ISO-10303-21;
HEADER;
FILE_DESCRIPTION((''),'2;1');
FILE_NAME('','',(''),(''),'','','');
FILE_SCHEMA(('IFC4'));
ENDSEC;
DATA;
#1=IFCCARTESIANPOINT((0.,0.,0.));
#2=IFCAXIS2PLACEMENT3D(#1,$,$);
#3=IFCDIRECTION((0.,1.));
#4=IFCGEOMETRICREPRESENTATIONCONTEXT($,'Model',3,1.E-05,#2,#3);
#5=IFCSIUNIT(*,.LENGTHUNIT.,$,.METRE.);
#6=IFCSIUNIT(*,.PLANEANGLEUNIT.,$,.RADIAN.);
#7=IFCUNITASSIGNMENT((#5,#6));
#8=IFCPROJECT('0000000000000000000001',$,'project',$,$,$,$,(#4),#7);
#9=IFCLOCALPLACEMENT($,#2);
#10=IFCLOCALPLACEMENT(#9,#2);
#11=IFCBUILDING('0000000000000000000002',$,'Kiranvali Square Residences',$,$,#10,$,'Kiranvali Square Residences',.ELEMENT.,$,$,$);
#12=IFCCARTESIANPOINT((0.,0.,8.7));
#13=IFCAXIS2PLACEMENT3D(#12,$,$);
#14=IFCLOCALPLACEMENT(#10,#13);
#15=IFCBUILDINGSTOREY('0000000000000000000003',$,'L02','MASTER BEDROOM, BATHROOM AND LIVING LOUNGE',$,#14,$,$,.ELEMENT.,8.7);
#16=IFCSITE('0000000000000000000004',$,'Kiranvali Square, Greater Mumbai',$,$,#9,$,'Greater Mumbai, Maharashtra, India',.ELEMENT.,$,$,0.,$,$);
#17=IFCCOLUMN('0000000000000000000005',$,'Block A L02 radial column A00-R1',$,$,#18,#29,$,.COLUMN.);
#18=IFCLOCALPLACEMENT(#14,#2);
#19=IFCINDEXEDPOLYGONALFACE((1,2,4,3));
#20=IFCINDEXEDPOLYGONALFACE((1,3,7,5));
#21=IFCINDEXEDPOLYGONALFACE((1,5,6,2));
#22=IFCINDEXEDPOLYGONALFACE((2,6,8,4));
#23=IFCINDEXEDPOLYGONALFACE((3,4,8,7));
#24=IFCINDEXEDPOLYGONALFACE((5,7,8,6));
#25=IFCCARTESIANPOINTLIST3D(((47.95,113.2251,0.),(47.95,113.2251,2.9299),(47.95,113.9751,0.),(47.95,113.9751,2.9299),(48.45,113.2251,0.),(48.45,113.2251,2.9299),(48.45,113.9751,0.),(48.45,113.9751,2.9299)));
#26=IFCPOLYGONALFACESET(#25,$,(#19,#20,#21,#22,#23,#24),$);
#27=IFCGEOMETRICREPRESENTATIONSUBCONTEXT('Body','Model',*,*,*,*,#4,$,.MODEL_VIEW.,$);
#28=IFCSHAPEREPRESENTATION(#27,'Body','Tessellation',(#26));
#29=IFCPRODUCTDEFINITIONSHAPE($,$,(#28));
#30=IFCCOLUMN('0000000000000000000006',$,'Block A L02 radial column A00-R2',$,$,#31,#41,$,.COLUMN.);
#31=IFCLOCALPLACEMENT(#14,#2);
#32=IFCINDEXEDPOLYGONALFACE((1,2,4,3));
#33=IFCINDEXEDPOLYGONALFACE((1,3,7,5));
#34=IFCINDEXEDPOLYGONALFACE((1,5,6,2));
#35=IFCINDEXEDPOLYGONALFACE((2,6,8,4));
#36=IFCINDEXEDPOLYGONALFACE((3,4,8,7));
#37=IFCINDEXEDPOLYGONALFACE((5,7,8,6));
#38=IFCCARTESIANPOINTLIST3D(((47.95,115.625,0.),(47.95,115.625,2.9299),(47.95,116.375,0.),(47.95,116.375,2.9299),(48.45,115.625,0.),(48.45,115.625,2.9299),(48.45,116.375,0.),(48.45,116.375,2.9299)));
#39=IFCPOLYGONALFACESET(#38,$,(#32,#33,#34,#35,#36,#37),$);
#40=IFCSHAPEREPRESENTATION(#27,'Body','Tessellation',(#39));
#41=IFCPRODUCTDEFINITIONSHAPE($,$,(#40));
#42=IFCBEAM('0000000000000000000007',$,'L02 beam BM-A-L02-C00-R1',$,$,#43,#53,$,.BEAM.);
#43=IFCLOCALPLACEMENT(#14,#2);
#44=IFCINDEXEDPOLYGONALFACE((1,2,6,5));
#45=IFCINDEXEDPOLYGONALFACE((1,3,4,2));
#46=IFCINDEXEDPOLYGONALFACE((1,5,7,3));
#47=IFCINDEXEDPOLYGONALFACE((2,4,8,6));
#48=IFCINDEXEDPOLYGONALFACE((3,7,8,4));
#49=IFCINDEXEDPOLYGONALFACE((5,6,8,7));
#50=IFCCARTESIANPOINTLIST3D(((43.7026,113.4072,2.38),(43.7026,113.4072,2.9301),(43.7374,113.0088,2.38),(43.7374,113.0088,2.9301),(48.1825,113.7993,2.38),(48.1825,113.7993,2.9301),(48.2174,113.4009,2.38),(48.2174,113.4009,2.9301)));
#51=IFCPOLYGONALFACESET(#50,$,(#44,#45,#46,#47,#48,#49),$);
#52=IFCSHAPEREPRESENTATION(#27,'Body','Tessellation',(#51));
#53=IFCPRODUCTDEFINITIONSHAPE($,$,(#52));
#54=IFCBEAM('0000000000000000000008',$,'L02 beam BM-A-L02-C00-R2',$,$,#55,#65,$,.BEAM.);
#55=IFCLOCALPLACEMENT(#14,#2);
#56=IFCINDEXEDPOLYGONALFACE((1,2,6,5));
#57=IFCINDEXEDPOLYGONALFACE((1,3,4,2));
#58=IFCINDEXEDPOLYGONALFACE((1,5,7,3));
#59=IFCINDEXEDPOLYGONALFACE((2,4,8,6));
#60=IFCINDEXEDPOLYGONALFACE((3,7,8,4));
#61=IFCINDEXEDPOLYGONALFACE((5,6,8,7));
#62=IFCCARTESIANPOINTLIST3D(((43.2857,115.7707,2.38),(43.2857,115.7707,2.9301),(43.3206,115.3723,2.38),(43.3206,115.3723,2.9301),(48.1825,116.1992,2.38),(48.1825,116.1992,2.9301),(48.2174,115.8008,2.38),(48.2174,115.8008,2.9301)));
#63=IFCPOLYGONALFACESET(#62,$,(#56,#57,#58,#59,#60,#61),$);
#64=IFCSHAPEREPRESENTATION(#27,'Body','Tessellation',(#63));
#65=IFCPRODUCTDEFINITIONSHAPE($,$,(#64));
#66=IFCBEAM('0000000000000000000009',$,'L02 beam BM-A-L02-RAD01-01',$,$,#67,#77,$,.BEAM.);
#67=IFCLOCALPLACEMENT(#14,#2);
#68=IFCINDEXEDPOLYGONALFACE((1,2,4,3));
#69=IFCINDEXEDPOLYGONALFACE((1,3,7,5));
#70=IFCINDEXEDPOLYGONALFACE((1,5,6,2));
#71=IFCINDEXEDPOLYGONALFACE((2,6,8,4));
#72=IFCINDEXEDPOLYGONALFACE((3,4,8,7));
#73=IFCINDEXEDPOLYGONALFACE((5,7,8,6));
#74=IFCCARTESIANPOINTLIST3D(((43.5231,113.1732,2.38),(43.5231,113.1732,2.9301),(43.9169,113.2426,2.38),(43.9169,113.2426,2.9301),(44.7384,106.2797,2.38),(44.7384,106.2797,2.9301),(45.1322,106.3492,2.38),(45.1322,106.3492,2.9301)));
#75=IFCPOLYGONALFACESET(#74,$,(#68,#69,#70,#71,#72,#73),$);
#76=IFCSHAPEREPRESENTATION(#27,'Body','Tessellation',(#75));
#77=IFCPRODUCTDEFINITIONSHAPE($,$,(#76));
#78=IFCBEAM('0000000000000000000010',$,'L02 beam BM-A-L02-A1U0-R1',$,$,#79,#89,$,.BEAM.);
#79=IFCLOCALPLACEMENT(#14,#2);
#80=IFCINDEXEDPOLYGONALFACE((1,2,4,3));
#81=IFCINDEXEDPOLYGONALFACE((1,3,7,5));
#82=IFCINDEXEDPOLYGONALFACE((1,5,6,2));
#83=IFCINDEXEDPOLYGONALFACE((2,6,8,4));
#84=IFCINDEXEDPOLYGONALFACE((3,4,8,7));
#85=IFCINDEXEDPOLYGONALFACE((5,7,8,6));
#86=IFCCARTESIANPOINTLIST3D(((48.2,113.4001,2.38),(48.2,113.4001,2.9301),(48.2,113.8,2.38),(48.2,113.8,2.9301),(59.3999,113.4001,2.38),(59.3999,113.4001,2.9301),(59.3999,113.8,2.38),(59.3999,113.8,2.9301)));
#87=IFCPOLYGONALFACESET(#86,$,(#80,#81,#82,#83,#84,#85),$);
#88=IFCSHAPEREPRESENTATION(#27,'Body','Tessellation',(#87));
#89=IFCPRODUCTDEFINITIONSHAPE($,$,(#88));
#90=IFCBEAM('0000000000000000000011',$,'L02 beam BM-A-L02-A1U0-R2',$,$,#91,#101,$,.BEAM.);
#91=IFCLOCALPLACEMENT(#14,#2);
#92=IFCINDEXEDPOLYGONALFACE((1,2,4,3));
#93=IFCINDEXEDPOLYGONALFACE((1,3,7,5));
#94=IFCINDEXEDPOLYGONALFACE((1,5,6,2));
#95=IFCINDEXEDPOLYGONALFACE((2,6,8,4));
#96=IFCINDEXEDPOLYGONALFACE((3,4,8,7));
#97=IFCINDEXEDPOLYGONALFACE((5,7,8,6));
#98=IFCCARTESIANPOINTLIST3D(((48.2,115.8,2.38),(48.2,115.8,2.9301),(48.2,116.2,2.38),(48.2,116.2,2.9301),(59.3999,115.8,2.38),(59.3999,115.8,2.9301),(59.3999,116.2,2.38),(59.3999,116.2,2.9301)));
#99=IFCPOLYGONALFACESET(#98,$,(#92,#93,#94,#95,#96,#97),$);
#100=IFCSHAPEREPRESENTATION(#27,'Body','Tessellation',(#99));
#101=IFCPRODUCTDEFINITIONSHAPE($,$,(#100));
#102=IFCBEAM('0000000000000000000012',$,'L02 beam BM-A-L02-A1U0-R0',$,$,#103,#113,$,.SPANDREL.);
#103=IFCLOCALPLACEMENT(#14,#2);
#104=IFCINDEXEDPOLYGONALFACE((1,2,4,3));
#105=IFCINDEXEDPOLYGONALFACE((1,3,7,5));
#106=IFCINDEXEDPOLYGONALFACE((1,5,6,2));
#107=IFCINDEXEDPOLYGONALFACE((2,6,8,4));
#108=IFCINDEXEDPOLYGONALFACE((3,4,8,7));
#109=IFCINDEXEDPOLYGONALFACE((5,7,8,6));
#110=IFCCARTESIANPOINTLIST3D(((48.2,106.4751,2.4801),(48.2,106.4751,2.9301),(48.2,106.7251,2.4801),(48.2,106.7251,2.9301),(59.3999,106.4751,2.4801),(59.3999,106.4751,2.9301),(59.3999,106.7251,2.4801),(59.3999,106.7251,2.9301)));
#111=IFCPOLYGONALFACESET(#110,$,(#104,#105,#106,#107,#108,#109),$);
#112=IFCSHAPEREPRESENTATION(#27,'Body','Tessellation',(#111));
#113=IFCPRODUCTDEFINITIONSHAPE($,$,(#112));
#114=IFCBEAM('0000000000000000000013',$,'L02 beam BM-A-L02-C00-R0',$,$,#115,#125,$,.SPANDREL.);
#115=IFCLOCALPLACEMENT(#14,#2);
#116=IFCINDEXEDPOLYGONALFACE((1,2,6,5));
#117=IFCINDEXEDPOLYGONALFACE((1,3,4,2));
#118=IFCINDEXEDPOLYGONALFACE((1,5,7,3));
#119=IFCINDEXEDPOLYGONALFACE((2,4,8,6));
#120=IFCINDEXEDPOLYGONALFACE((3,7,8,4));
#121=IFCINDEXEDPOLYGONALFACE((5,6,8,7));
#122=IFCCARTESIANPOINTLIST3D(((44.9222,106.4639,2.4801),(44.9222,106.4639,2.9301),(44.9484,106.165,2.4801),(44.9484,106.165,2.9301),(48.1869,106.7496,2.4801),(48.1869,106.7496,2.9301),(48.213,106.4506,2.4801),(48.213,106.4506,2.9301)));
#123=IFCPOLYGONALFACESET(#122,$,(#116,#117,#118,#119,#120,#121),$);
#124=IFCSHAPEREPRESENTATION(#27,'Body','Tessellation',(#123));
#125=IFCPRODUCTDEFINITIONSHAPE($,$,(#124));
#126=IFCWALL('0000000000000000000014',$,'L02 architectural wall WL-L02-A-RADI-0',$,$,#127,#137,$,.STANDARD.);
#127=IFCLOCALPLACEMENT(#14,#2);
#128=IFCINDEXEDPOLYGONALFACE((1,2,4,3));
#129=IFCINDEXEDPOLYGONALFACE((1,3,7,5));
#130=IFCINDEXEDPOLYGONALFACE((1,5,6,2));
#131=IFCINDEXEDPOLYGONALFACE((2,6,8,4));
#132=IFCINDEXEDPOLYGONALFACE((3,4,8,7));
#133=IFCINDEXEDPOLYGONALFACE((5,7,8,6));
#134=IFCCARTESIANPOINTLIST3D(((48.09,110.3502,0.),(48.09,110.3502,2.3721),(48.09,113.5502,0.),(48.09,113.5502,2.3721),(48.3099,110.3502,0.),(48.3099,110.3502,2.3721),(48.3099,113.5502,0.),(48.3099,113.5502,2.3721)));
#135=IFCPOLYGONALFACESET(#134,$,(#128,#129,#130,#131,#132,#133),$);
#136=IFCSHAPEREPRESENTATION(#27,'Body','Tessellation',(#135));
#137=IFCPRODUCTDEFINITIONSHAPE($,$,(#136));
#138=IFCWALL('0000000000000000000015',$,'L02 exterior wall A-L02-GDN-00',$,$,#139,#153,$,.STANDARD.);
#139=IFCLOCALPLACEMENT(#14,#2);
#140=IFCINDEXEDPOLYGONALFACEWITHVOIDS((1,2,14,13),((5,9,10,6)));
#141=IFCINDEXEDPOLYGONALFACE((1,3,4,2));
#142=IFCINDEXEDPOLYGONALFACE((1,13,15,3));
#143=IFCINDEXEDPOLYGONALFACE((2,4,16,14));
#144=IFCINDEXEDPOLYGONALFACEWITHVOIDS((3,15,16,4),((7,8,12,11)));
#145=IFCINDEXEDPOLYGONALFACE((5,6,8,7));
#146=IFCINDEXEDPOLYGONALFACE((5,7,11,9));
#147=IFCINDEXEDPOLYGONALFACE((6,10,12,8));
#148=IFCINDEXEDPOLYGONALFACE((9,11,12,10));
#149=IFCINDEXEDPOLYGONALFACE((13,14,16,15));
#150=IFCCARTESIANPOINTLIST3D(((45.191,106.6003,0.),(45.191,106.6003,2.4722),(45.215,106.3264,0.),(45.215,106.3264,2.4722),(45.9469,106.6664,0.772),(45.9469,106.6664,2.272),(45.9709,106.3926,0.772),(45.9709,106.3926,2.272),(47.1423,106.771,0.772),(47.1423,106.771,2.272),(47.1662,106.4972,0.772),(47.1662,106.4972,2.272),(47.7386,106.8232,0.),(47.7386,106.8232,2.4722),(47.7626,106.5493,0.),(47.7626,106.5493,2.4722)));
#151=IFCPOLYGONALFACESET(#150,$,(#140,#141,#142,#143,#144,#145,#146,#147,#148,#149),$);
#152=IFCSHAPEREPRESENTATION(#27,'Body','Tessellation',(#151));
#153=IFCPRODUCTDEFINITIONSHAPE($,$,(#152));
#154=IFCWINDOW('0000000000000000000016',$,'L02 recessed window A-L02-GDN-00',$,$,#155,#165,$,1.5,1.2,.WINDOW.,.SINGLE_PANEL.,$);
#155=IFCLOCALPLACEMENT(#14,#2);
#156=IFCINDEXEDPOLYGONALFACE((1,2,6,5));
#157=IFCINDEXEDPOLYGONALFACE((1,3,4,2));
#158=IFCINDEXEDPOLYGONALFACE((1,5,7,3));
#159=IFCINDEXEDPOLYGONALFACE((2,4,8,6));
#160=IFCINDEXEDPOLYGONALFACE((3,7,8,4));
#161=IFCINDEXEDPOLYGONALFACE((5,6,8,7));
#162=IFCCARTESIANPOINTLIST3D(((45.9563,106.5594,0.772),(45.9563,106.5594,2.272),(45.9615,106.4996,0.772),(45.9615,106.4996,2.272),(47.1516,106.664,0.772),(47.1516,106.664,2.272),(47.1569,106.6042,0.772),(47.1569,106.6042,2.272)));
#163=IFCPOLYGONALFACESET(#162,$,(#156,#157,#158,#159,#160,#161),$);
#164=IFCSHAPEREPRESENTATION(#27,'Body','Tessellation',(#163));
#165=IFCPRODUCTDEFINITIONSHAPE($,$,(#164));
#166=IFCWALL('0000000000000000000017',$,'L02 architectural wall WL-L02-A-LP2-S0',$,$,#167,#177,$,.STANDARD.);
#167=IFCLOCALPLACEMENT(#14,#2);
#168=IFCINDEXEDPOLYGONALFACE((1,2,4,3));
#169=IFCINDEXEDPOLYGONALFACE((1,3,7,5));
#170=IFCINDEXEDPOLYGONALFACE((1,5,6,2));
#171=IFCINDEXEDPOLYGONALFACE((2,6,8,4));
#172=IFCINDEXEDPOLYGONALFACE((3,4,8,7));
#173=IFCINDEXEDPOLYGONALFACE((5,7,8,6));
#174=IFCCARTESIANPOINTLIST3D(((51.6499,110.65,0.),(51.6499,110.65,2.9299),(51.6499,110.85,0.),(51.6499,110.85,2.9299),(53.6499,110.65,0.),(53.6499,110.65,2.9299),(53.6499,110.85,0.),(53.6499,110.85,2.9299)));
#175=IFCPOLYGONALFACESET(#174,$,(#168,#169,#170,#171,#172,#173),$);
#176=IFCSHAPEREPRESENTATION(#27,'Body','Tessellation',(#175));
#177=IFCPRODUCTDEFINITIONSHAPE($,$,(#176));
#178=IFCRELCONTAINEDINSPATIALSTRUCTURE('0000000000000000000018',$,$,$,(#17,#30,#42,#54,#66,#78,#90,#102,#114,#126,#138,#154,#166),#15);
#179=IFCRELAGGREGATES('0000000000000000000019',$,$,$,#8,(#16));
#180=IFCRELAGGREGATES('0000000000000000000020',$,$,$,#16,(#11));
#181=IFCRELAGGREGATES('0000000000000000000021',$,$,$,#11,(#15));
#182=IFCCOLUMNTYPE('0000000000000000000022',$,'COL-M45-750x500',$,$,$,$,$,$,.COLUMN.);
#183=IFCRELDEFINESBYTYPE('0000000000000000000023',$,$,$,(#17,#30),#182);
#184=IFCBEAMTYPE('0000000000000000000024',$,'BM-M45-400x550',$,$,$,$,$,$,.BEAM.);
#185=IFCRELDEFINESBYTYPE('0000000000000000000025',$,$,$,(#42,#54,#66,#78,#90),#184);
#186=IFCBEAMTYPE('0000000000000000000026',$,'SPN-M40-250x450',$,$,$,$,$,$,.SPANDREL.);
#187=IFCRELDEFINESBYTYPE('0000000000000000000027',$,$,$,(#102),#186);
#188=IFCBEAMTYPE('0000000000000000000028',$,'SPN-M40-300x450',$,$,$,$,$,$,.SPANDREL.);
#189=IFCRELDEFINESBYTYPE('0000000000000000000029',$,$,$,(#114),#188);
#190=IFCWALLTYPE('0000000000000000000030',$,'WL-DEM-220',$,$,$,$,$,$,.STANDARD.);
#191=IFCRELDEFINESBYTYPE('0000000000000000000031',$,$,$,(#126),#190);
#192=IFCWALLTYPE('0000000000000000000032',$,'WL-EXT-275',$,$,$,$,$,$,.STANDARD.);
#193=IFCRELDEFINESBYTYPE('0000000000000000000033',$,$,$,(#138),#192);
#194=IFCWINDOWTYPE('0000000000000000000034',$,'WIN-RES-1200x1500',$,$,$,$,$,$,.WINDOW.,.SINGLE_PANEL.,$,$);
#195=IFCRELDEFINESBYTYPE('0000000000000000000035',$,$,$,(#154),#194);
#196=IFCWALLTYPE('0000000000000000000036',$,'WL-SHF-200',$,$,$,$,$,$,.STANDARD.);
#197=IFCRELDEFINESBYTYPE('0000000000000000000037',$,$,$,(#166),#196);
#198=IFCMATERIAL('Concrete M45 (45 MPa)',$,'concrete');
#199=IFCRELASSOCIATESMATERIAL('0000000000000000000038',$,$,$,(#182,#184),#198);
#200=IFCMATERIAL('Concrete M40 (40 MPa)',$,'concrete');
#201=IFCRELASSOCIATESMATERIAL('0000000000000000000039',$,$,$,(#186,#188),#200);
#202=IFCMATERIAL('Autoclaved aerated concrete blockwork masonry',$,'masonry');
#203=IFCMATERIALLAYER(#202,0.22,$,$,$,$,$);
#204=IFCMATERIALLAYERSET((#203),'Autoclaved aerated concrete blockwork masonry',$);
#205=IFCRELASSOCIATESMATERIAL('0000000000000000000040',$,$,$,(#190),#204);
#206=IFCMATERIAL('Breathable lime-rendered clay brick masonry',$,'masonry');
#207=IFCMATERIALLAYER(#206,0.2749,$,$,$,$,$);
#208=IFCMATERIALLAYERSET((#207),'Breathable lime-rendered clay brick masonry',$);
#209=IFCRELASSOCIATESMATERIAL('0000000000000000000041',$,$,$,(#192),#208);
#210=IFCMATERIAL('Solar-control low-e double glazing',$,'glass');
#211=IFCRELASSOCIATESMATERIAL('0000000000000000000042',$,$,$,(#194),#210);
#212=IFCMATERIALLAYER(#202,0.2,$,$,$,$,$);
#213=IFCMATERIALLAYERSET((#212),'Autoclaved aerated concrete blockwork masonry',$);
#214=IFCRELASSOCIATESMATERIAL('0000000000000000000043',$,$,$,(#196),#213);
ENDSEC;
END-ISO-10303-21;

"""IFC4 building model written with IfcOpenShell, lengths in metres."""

from ifc_helpers import new_model, si_unit, direction, frame, frame_2d, origin, origin_2d, place, context, subcontext, project, spatial, rectangle, extrude, material, layer, layer_set, material_profile, profile_set, type_object, element, fill, save


model = new_model("IFC4")

# Units and contexts
model_context = context("Model", 3, precision=1e-05, world=origin(), true_north=direction((0.0, 1.0)))
body_context = subcontext(model_context, "Body", "Model", "MODEL_VIEW")
ifc_project = project(units=[si_unit("LENGTHUNIT", "METRE"), si_unit("PLANEANGLEUNIT", "RADIAN")], contexts=[model_context])

# Site, building, storey
site_placement = place(None, origin())
site = spatial("IfcSite", under=ifc_project, at=site_placement, Name="Kiranvali Square, Greater Mumbai", LongName="Greater Mumbai, Maharashtra, India", CompositionType="ELEMENT", RefElevation=0.0)
building_placement = place(site_placement, origin())
building = spatial("IfcBuilding", under=site, at=building_placement, Name="Kiranvali Square Residences", LongName="Kiranvali Square Residences", CompositionType="ELEMENT")
storey_placement = place(building_placement, frame((0.0, 0.0, 8.7)))
storey = spatial("IfcBuildingStorey", under=building, at=storey_placement, Name="L02", Description="MASTER BEDROOM, BATHROOM AND LIVING LOUNGE", CompositionType="ELEMENT", Elevation=8.7)

# Columns
ifc_material_1 = material(Name="Concrete M45 (45 MPa)", Category="concrete")
ifc_material_profile_1 = material_profile(ifc_material_1, rectangle(XDim=0.5, YDim=0.75, at=origin_2d()), Name="RC 750x500")
ifc_profile_set_1 = profile_set([ifc_material_profile_1], Name="Concrete M45 (45 MPa)")
column_type = type_object("IfcColumnType", Name="COL-M45-750x500", PredefinedType="COLUMN", material=ifc_profile_set_1)
for number, where, z_axis, x_axis, name in (
    (1, (48.2, 113.6001, 0.0), (0.0, 0.0, 1.0), (1.0, 0.0, 0.0), "Block A L02 radial column A00-R1"),
    (2, (48.2, 116.0, 0.0), (0.0, 0.0, 1.0), (1.0, 0.0, 0.0), "Block A L02 radial column A00-R2"),
):
    element("IfcColumn", number, at=place(storey_placement, frame(where, z_axis=z_axis, x_axis=x_axis)), inside=storey, type_object=column_type, Name=name, PredefinedType="COLUMN", context=body_context, shape_type="SweptSolid", body=[
        extrude(rectangle(XDim=0.5, YDim=0.75, at=origin_2d()), origin(), (0.0, 0.0, 1.0), 2.9299),
    ])

# Beams
ifc_material_profile_2 = material_profile(ifc_material_1, rectangle(XDim=0.3999, YDim=0.55, at=origin_2d()), Name="RC 400x550")
ifc_profile_set_2 = profile_set([ifc_material_profile_2], Name="Concrete M45 (45 MPa)")
beam_type_1 = type_object("IfcBeamType", Name="BM-M45-400x550", PredefinedType="BEAM", material=ifc_profile_set_2)
beam_1_placement = place(storey_placement, frame((48.2, 113.6001, 2.655), z_axis=(-0.996192, -0.087187, 0.0), x_axis=(0.087187, -0.996192, 0.0)))
element("IfcBeam", 3, at=beam_1_placement, inside=storey, type_object=beam_type_1, Name="L02 beam BM-A-L02-C00-R1", PredefinedType="BEAM", context=body_context, shape_type="SweptSolid", body=[
    extrude(rectangle(XDim=0.3999, YDim=0.55, at=origin_2d()), origin(), (0.0, 0.0, 1.0), 4.4971),
])
beam_2_placement = place(storey_placement, frame((48.2, 116.0, 2.655), z_axis=(-0.996194, -0.087168, 0.0), x_axis=(0.087168, -0.996194, 0.0)))
element("IfcBeam", 4, at=beam_2_placement, inside=storey, type_object=beam_type_1, Name="L02 beam BM-A-L02-C00-R2", PredefinedType="BEAM", context=body_context, shape_type="SweptSolid", body=[
    extrude(rectangle(XDim=0.3999, YDim=0.55, at=origin_2d()), origin(), (0.0, 0.0, 1.0), 4.9155),
])
beam_3_placement = place(storey_placement, frame((44.9353, 106.3145, 2.655), z_axis=(-0.173622, 0.984812, 0.0), x_axis=(-0.984812, -0.173622, 0.0)))
element("IfcBeam", 5, at=beam_3_placement, inside=storey, type_object=beam_type_1, Name="L02 beam BM-A-L02-RAD01-01", PredefinedType="BEAM", context=body_context, shape_type="SweptSolid", body=[
    extrude(rectangle(XDim=0.3999, YDim=0.55, at=origin_2d()), origin(), (0.0, 0.0, 1.0), 6.9998),
])
for number, where, z_axis, x_axis, name in (
    (6, (48.2, 113.6001, 2.655), (1.0, 0.0, 0.0), (0.0, 1.0, 0.0), "L02 beam BM-A-L02-A1U0-R1"),
    (7, (48.2, 116.0, 2.655), (1.0, 0.0, 0.0), (0.0, 1.0, 0.0), "L02 beam BM-A-L02-A1U0-R2"),
):
    element("IfcBeam", number, at=place(storey_placement, frame(where, z_axis=z_axis, x_axis=x_axis)), inside=storey, type_object=beam_type_1, Name=name, PredefinedType="BEAM", context=body_context, shape_type="SweptSolid", body=[
        extrude(rectangle(XDim=0.3999, YDim=0.55, at=origin_2d()), origin(), (0.0, 0.0, 1.0), 11.2),
    ])
ifc_material_2 = material(Name="Concrete M40 (40 MPa)", Category="concrete")
ifc_material_profile_3 = material_profile(ifc_material_2, rectangle(XDim=0.25, YDim=0.45, at=origin_2d()), Name="RC 250x450")
ifc_profile_set_3 = profile_set([ifc_material_profile_3], Name="Concrete M40 (40 MPa)")
beam_type_2 = type_object("IfcBeamType", Name="SPN-M40-250x450", PredefinedType="SPANDREL", material=ifc_profile_set_3)
beam_4_placement = place(storey_placement, frame((48.2, 106.6001, 2.7051), z_axis=(1.0, 0.0, 0.0), x_axis=(0.0, 1.0, 0.0)))
element("IfcBeam", 8, at=beam_4_placement, inside=storey, type_object=beam_type_2, Name="L02 beam BM-A-L02-A1U0-R0", PredefinedType="SPANDREL", context=body_context, shape_type="SweptSolid", body=[
    extrude(rectangle(XDim=0.25, YDim=0.45, at=origin_2d()), origin(), (0.0, 0.0, 1.0), 11.2),
])
ifc_material_profile_4 = material_profile(ifc_material_2, rectangle(XDim=0.3, YDim=0.45, at=origin_2d()), Name="RC 300x450")
ifc_profile_set_4 = profile_set([ifc_material_profile_4], Name="Concrete M40 (40 MPa)")
beam_type_3 = type_object("IfcBeamType", Name="SPN-M40-300x450", PredefinedType="SPANDREL", material=ifc_profile_set_4)
beam_5_placement = place(storey_placement, frame((48.2, 106.6001, 2.7051), z_axis=(-0.996194, -0.087163, 0.0), x_axis=(0.087163, -0.996194, 0.0)))
element("IfcBeam", 9, at=beam_5_placement, inside=storey, type_object=beam_type_3, Name="L02 beam BM-A-L02-C00-R0", PredefinedType="SPANDREL", context=body_context, shape_type="SweptSolid", body=[
    extrude(rectangle(XDim=0.3, YDim=0.45, at=origin_2d()), origin(), (0.0, 0.0, 1.0), 3.2771),
])

# Shared definitions
ifc_material_3 = material(Name="Autoclaved aerated concrete blockwork masonry", Category="masonry")

# Wall
ifc_layer_1 = layer(ifc_material_3, 0.22)
ifc_layer_set_1 = layer_set([ifc_layer_1], Name="Autoclaved aerated concrete blockwork masonry")
wall_type_1 = type_object("IfcWallType", Name="WL-DEM-220", PredefinedType="STANDARD", material=ifc_layer_set_1)
wall_1_placement = place(storey_placement, frame((48.2, 110.3501, 0.0), z_axis=(0.0, 0.0, 1.0), x_axis=(0.0, 1.0, 0.0)))
element("IfcWall", 10, at=wall_1_placement, inside=storey, type_object=wall_type_1, Name="L02 architectural wall WL-L02-A-RADI-0", PredefinedType="STANDARD", context=body_context, shape_type="SweptSolid", body=[
    extrude(rectangle(XDim=3.2, YDim=0.22, at=frame_2d((1.6001, 0.0))), origin(), (0.0, 0.0, 1.0), 2.3721),
])

# Wall, opening, window
ifc_material_4 = material(Name="Breathable lime-rendered clay brick masonry", Category="masonry")
ifc_layer_2 = layer(ifc_material_4, 0.2749)
ifc_layer_set_2 = layer_set([ifc_layer_2], Name="Breathable lime-rendered clay brick masonry")
wall_type_2 = type_object("IfcWallType", Name="WL-EXT-275", PredefinedType="STANDARD", material=ifc_layer_set_2)
wall_2_placement = place(storey_placement, frame((47.7507, 106.6863, 0.0), z_axis=(0.0, 0.0, 1.0), x_axis=(-0.996194, -0.087161, 0.0)))
wall_2 = element("IfcWall", 11, at=wall_2_placement, inside=storey, type_object=wall_type_2, Name="L02 exterior wall A-L02-GDN-00", PredefinedType="STANDARD", context=body_context, shape_type="SweptSolid", body=[
    extrude(rectangle(XDim=2.5574, YDim=0.2749, at=frame_2d((1.2788, 0.0))), origin(), (0.0, 0.0, 1.0), 2.4722),
])
opening_1_placement = place(wall_2_placement, frame((0.5986, 0.0, 0.772)))
opening_1 = element("IfcOpeningElement", 12, at=opening_1_placement, cuts=wall_2, PredefinedType="OPENING", context=body_context, shape_type="SweptSolid", body=[
    extrude(rectangle(XDim=1.2, YDim=1.5, at=frame_2d((0.6001, 0.75))), frame((0.0, 0.1475, 0.0), z_axis=(0.0, -1.0, 0.0), x_axis=(1.0, 0.0, 0.0)), (0.0, 0.0, 1.0), 0.2949),
])
ifc_material_5 = material(Name="Solar-control low-e double glazing", Category="glass")
window_type = type_object("IfcWindowType", Name="WIN-RES-1200x1500", PartitioningType="SINGLE_PANEL", PredefinedType="WINDOW", material=ifc_material_5)
window_placement = place(opening_1_placement, origin())
window = element("IfcWindow", 13, at=window_placement, inside=storey, type_object=window_type, Name="L02 recessed window A-L02-GDN-00", OverallHeight=1.5, OverallWidth=1.2, PartitioningType="SINGLE_PANEL", PredefinedType="WINDOW", context=body_context, shape_type="SweptSolid", body=[
    extrude(rectangle(XDim=1.2, YDim=1.5, at=frame_2d((0.6001, 0.75))), frame((0.0, 0.03, 0.0), z_axis=(0.0, -1.0, 0.0), x_axis=(1.0, 0.0, 0.0)), (0.0, 0.0, 1.0), 0.0601),
])
fill(opening_1, window)

# Wall
ifc_layer_3 = layer(ifc_material_3, 0.2)
ifc_layer_set_3 = layer_set([ifc_layer_3], Name="Autoclaved aerated concrete blockwork masonry")
wall_type_3 = type_object("IfcWallType", Name="WL-SHF-200", PredefinedType="STANDARD", material=ifc_layer_set_3)
wall_3_placement = place(storey_placement, frame((51.6499, 110.75, 0.0), z_axis=(0.0, 0.0, 1.0), x_axis=(1.0, 0.0, 0.0)))
element("IfcWall", 14, at=wall_3_placement, inside=storey, type_object=wall_type_3, Name="L02 architectural wall WL-L02-A-LP2-S0", PredefinedType="STANDARD", context=body_context, shape_type="SweptSolid", body=[
    extrude(rectangle(XDim=2.0, YDim=0.2, at=frame_2d((1.0, 0.0))), origin(), (0.0, 0.0, 1.0), 2.9299),
])

save(model, "model.ifc")
